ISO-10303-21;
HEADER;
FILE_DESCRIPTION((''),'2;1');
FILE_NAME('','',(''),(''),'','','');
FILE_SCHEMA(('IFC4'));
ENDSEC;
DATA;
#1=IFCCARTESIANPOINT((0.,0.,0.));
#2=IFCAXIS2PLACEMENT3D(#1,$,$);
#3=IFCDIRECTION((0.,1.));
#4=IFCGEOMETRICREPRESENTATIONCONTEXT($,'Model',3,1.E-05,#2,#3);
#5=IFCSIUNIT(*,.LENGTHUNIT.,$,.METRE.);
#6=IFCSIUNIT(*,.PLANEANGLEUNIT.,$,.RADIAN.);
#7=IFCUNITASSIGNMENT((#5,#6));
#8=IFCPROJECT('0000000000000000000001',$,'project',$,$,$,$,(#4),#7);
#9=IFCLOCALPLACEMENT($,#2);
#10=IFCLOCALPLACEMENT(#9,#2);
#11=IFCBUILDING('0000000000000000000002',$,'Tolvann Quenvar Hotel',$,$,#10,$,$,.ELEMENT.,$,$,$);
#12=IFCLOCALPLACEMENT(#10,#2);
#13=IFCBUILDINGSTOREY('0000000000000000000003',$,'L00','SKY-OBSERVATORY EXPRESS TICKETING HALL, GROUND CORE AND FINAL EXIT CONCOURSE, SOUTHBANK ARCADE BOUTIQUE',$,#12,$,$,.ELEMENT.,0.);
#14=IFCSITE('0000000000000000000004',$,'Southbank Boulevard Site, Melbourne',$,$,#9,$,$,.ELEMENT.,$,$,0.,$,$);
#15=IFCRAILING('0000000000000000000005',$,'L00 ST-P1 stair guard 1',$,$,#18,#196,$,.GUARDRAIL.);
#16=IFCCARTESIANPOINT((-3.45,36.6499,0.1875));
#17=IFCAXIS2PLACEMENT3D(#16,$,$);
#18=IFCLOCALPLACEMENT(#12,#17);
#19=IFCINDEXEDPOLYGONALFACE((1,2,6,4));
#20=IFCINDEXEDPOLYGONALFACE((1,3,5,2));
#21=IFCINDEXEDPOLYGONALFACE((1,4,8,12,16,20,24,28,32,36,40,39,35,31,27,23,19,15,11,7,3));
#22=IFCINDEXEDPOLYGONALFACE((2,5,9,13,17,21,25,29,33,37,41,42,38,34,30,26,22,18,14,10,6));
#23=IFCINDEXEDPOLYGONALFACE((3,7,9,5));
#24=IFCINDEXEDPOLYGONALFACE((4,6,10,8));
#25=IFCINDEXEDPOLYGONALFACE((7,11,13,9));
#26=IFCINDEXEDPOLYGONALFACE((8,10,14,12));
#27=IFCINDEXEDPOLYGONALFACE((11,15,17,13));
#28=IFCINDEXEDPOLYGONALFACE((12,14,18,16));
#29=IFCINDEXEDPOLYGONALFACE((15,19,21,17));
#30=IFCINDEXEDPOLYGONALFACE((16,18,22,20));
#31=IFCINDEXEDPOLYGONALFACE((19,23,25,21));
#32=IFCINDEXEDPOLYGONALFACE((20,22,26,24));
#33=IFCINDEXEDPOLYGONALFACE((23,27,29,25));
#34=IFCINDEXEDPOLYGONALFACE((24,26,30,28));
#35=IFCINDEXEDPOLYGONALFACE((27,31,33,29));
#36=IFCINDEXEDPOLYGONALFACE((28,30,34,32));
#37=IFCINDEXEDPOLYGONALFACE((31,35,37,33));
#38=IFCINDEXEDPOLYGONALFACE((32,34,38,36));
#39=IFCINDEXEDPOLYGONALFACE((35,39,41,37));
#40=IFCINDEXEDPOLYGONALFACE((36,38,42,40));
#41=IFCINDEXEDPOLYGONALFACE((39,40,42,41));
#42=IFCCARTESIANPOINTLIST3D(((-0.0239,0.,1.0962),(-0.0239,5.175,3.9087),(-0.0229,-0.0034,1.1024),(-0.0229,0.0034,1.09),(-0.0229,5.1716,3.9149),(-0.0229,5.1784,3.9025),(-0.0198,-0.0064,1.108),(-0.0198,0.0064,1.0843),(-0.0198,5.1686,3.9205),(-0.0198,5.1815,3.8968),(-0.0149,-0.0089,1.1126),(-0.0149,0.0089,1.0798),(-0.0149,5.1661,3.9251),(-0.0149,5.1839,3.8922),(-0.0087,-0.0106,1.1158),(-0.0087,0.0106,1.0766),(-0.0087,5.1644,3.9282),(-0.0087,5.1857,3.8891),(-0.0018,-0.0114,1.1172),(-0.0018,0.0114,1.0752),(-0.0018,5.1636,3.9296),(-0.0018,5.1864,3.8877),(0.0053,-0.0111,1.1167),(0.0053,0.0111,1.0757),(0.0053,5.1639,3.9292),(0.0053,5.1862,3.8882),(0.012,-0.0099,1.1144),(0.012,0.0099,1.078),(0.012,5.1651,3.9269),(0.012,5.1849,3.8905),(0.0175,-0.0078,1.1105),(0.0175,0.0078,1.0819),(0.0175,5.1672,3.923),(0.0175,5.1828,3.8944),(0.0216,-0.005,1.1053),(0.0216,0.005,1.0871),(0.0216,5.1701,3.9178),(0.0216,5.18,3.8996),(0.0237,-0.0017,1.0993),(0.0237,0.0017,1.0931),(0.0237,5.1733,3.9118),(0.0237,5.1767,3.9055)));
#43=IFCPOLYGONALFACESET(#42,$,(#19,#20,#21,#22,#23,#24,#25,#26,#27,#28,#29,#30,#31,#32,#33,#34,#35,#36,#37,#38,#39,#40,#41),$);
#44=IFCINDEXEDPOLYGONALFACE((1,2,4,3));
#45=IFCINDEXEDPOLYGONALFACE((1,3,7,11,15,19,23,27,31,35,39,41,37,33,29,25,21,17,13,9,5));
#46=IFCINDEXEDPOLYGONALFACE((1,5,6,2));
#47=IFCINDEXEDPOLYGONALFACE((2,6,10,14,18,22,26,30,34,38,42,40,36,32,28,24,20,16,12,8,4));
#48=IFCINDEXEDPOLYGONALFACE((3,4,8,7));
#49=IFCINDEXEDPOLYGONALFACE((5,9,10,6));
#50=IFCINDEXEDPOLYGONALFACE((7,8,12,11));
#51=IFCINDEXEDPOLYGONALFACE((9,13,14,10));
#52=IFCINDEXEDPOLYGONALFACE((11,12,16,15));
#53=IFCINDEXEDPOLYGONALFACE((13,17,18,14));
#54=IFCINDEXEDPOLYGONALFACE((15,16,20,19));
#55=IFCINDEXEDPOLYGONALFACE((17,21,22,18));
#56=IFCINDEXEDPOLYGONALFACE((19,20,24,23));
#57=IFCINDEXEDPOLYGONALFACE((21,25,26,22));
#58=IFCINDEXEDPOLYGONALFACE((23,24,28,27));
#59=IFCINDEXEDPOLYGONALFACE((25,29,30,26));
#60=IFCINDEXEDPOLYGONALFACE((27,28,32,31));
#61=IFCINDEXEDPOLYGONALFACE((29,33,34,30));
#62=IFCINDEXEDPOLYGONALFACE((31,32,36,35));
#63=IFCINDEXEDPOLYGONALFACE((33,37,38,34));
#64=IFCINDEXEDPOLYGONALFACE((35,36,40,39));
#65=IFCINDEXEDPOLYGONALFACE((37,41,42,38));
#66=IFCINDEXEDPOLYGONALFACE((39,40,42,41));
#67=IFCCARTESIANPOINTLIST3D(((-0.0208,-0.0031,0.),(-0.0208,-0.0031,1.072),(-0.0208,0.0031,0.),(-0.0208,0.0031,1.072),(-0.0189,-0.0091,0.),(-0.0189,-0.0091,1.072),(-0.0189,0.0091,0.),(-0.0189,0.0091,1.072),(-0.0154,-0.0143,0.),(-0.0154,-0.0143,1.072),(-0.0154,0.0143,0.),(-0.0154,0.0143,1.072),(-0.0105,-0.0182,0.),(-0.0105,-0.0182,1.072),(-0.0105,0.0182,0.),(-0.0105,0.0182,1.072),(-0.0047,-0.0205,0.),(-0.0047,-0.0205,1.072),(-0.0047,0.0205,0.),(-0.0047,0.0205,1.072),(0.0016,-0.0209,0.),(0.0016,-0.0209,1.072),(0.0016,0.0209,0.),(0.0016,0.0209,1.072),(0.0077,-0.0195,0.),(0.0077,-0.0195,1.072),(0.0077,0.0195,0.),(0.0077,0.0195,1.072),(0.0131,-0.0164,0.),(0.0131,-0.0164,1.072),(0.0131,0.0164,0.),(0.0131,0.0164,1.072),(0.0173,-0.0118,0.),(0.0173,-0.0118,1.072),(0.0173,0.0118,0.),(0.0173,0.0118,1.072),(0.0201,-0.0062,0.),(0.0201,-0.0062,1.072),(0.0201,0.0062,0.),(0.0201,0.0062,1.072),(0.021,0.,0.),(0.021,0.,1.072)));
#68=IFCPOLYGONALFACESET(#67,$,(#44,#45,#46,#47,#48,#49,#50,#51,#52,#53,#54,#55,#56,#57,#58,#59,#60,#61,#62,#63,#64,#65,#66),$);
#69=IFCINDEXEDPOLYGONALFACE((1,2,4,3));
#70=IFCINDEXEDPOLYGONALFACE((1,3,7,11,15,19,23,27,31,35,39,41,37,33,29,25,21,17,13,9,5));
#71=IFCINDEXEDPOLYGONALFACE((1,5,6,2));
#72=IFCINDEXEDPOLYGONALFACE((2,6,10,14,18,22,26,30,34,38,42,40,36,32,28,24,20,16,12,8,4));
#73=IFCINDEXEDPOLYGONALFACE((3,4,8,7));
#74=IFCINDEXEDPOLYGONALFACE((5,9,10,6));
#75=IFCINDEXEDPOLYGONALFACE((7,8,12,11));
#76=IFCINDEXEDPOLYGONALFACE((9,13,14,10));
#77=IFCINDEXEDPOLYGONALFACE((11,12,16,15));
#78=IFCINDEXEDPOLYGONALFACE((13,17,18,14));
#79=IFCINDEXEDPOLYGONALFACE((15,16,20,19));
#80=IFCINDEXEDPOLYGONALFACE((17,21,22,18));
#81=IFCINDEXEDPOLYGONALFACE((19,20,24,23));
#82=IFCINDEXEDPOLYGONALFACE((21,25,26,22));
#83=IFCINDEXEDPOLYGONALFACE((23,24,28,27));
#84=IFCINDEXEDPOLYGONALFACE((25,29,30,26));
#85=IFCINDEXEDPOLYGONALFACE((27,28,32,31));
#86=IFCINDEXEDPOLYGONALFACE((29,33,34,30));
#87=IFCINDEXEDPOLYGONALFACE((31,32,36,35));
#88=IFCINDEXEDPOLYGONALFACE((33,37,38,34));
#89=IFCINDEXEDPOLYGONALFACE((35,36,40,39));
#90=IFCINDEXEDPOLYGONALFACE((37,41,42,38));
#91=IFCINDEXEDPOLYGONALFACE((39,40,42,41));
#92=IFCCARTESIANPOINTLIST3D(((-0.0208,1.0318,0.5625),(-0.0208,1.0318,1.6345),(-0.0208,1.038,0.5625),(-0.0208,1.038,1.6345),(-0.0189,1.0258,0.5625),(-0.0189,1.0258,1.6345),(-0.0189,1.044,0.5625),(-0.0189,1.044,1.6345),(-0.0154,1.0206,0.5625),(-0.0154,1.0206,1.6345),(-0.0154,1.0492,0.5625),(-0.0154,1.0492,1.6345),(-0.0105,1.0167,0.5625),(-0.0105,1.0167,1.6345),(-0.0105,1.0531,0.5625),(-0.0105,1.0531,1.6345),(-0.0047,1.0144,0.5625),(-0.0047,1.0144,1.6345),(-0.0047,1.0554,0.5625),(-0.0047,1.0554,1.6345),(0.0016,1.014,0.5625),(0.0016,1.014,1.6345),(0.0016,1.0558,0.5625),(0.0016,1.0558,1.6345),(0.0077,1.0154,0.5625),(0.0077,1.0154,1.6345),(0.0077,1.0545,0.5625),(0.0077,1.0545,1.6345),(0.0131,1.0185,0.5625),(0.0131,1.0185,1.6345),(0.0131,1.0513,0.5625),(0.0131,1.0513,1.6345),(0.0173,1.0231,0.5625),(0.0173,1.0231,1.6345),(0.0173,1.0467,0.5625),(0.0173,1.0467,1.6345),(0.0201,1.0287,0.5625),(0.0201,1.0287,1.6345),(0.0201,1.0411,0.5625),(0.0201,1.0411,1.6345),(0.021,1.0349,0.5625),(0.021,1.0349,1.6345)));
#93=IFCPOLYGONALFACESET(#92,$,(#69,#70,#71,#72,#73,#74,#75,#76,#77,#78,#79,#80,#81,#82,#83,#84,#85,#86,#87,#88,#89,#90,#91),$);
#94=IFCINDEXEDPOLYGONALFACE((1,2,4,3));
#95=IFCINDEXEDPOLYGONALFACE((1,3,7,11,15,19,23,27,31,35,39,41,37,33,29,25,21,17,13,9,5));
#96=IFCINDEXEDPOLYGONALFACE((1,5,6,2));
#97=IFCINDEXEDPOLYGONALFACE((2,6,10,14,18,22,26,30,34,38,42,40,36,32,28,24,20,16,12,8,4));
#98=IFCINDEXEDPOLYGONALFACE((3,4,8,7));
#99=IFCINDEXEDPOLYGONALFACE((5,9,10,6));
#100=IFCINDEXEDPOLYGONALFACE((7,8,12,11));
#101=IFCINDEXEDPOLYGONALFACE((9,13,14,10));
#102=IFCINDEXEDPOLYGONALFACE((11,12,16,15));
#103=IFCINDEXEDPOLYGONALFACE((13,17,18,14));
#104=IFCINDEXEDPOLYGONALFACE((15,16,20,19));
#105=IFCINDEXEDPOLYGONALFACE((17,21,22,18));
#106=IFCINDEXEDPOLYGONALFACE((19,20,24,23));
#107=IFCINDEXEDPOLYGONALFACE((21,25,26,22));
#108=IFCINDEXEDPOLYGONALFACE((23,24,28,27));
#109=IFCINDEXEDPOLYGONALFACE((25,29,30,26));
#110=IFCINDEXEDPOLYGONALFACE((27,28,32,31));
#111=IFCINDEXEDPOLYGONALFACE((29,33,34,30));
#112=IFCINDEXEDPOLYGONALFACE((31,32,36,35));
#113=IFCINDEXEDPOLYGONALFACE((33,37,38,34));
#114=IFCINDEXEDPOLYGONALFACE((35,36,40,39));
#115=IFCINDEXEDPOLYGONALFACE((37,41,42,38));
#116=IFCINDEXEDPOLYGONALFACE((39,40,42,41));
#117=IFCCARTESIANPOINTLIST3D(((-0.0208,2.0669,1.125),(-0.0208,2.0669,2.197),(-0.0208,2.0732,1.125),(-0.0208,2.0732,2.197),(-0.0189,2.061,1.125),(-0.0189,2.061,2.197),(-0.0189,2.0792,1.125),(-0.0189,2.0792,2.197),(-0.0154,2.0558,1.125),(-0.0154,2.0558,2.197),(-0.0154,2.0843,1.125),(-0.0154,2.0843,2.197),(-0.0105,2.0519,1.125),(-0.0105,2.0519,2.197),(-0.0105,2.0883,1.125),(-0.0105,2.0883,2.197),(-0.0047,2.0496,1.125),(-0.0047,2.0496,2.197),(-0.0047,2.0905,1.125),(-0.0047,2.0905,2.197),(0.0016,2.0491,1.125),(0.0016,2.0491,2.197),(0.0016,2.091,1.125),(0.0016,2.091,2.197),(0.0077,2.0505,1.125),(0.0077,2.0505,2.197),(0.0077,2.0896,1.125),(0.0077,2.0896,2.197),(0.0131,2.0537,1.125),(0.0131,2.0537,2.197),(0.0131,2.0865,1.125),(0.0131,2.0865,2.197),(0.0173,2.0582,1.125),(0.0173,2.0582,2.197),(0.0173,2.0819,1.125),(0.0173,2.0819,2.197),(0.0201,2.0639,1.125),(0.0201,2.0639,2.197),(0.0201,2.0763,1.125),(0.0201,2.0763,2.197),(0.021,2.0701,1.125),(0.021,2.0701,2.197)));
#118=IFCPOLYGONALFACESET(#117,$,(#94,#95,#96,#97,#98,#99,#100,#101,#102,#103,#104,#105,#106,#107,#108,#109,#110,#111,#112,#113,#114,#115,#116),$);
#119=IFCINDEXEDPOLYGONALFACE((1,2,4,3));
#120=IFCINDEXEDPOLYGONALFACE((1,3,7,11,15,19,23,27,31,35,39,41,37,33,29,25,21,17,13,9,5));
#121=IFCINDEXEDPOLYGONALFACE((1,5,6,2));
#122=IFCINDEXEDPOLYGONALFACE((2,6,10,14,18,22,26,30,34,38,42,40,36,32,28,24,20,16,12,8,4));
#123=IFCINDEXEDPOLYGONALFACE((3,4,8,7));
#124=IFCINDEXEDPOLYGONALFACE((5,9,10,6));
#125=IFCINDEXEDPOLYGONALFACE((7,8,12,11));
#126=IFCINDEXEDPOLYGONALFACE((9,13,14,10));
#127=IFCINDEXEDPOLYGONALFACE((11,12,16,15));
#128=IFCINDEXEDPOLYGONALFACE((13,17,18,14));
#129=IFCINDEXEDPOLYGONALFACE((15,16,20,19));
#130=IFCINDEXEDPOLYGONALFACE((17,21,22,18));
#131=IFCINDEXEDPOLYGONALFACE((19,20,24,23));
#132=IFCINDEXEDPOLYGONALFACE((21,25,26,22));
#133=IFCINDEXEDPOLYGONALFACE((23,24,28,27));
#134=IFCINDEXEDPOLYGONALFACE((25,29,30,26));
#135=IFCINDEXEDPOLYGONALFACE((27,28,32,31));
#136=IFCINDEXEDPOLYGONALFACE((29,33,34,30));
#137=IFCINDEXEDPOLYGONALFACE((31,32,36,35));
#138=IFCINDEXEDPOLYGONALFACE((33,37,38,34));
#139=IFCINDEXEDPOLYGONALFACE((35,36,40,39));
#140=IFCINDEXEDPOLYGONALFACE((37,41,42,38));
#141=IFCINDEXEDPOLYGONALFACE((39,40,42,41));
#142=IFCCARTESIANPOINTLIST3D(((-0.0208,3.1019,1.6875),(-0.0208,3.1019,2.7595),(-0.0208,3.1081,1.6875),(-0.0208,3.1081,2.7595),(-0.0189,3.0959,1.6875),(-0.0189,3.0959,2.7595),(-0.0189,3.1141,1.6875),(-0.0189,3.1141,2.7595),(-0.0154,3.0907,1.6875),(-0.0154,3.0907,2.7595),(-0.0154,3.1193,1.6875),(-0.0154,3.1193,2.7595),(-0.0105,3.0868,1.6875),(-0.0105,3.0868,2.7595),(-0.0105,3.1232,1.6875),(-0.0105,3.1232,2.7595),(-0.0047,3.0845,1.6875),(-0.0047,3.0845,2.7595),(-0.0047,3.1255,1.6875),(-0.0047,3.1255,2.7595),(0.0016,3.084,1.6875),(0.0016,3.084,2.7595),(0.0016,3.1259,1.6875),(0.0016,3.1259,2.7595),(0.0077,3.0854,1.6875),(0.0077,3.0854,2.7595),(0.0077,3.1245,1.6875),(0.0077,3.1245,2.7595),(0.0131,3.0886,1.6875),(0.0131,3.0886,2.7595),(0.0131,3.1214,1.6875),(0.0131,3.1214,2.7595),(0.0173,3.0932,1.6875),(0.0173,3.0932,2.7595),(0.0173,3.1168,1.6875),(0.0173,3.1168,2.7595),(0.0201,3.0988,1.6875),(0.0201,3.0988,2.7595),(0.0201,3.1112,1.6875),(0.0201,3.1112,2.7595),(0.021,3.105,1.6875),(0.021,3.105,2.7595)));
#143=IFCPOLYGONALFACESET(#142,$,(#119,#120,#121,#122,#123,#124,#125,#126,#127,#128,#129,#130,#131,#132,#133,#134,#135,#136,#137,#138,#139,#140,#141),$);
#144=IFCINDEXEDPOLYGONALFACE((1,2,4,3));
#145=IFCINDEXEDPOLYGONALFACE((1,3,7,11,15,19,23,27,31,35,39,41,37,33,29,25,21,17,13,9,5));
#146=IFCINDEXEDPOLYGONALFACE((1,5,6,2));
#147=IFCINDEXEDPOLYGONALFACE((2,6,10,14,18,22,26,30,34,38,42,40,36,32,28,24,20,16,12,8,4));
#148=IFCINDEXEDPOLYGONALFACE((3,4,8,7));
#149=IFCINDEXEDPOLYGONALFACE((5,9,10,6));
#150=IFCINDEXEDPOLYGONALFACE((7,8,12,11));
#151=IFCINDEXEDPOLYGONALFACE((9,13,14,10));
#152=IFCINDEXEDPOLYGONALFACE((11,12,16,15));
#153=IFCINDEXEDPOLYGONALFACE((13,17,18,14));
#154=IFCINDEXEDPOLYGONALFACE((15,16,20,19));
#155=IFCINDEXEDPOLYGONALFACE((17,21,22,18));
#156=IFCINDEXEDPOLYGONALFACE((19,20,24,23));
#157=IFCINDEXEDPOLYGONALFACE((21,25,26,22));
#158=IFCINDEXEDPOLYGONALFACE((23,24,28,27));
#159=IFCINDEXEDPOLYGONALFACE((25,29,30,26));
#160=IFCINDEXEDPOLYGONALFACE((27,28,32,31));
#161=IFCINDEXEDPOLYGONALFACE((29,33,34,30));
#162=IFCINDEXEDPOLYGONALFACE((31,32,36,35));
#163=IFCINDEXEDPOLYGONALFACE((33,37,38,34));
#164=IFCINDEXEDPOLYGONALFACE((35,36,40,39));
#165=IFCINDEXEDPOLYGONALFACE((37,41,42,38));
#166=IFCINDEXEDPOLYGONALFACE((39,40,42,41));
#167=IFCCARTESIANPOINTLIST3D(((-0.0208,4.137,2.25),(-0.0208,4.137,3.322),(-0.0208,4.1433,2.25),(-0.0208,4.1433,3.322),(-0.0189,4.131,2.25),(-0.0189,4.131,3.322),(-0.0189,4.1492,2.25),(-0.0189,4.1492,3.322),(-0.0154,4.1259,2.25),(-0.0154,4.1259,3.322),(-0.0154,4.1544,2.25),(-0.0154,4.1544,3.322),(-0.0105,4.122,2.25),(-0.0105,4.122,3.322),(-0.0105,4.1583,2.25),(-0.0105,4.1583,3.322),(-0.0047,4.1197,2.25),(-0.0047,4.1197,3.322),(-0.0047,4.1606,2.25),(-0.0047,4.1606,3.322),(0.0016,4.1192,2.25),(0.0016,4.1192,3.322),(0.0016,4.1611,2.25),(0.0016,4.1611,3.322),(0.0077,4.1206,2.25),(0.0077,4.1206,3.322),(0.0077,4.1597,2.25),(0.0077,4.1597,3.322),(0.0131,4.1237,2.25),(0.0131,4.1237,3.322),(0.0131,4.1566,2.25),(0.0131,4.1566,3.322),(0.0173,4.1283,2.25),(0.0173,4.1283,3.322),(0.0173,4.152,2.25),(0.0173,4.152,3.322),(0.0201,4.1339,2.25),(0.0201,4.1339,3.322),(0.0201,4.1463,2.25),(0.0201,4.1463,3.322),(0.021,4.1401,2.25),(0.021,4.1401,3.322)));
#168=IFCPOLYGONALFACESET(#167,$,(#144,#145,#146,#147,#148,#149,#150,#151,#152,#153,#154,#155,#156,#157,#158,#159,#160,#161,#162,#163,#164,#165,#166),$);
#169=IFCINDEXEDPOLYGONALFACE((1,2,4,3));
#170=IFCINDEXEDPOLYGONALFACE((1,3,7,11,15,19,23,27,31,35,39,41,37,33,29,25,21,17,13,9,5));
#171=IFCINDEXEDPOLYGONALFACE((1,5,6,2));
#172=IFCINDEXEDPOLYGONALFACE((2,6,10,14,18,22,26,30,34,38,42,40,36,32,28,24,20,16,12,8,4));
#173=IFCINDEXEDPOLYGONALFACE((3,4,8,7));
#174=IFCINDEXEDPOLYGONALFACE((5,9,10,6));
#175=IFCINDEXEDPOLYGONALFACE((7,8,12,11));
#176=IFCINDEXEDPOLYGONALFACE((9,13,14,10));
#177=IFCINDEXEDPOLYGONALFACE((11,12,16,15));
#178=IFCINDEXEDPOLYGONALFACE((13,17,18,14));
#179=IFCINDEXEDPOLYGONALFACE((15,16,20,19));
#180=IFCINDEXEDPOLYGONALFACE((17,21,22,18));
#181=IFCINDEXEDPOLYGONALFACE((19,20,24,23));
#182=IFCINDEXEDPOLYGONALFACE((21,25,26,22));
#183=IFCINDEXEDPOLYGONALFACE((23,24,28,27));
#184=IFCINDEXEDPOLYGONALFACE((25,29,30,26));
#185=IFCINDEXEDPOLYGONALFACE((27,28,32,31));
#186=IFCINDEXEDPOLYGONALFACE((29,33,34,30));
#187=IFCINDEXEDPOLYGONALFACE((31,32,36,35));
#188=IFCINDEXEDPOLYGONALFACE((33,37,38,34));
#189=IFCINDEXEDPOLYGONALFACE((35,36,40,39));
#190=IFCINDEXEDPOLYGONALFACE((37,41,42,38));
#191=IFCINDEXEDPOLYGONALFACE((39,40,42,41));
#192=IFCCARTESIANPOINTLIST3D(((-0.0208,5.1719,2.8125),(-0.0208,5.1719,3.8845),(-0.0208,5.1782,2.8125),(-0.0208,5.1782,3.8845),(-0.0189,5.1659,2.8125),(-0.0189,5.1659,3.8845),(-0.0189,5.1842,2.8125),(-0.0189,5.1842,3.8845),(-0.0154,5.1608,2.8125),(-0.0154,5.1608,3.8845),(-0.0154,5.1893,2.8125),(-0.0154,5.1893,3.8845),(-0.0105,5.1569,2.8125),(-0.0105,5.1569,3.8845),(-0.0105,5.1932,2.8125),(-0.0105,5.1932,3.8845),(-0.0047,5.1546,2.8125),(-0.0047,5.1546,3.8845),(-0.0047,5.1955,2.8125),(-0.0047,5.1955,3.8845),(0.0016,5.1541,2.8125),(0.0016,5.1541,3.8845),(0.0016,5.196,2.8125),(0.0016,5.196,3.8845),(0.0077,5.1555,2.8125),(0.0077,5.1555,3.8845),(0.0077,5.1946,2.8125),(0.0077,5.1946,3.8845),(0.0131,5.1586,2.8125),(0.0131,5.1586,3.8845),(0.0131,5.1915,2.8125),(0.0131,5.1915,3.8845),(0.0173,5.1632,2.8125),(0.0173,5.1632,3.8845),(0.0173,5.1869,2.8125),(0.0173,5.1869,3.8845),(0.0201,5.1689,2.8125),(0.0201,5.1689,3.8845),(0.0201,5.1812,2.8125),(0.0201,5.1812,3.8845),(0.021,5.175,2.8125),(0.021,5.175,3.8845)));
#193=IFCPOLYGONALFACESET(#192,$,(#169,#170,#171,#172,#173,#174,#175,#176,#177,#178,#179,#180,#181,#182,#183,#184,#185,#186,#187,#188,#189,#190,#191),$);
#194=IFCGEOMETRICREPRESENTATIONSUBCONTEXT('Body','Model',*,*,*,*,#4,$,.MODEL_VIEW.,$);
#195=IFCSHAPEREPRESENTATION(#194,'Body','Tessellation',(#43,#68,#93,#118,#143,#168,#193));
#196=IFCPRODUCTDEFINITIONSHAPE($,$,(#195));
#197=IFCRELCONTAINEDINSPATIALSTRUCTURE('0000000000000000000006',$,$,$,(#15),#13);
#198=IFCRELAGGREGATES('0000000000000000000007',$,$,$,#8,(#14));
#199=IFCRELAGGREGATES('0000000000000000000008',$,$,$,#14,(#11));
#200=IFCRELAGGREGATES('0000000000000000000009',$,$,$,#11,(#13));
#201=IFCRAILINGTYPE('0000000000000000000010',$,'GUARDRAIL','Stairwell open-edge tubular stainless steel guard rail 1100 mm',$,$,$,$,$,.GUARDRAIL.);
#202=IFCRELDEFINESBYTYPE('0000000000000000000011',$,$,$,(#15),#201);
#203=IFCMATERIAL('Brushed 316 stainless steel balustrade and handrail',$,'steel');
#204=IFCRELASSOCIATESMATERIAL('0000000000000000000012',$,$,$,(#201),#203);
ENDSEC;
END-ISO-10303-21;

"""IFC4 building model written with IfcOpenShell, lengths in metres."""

from ifc_helpers import new_model, si_unit, direction, frame, origin, origin_2d, place, context, subcontext, project, spatial, circle, extrude, material, type_object, element, save


model = new_model("IFC4")

# Units and contexts
model_context = context("Model", 3, precision=1e-05, world=origin(), true_north=direction((0.0, 1.0)))
body_context = subcontext(model_context, "Body", "Model", "MODEL_VIEW")
ifc_project = project(units=[si_unit("LENGTHUNIT", "METRE"), si_unit("PLANEANGLEUNIT", "RADIAN")], contexts=[model_context])

# Site, building, storey
site_placement = place(None, origin())
site = spatial("IfcSite", under=ifc_project, at=site_placement, Name="Southbank Boulevard Site, Melbourne", CompositionType="ELEMENT", RefElevation=0.0)
building_placement = place(site_placement, origin())
building = spatial("IfcBuilding", under=site, at=building_placement, Name="Tolvann Quenvar Hotel", CompositionType="ELEMENT")
storey_placement = place(building_placement, origin())
storey = spatial("IfcBuildingStorey", under=building, at=storey_placement, Name="L00", Description="SKY-OBSERVATORY EXPRESS TICKETING HALL, GROUND CORE AND FINAL EXIT CONCOURSE, SOUTHBANK ARCADE BOUTIQUE", CompositionType="ELEMENT", Elevation=0.0)

# Railing
ifc_material_1 = material(Name="Brushed 316 stainless steel balustrade and handrail", Category="steel")
railing_type_1 = type_object("IfcRailingType", Name="GUARDRAIL", Description="Stairwell open-edge tubular stainless steel guard rail 1100 mm", PredefinedType="GUARDRAIL", material=ifc_material_1)
railing_1_placement = place(storey_placement, frame((-3.45, 36.6499, 0.1875)))
element("IfcRailing", 1, at=railing_1_placement, inside=storey, type_object=railing_type_1, Name="L00 ST-P1 stair guard 1", PredefinedType="GUARDRAIL", context=body_context, shape_type="SweptSolid", body=[
    extrude(circle(Radius=0.0239, at=origin_2d()), frame((0.0, 0.0, 1.0962), z_axis=(0.0, 0.878626, 0.47751), x_axis=(-1.0, 0.0, 0.0)), (0.0, 0.0, 1.0), 5.8899),
    extrude(circle(Radius=0.021, at=origin_2d()), origin(), (0.0, 0.0, 1.0), 1.072),
    extrude(circle(Radius=0.021, at=origin_2d()), frame((0.0, 1.0349, 0.5625)), (0.0, 0.0, 1.0), 1.072),
    extrude(circle(Radius=0.021, at=origin_2d()), frame((0.0, 2.0701, 1.125)), (0.0, 0.0, 1.0), 1.072),
    extrude(circle(Radius=0.021, at=origin_2d()), frame((0.0, 3.105, 1.6875)), (0.0, 0.0, 1.0), 1.072),
    extrude(circle(Radius=0.021, at=origin_2d()), frame((0.0, 4.1401, 2.25)), (0.0, 0.0, 1.0), 1.072),
    extrude(circle(Radius=0.021, at=origin_2d()), frame((0.0, 5.175, 2.8125)), (0.0, 0.0, 1.0), 1.072),
])

save(model, "model.ifc")
